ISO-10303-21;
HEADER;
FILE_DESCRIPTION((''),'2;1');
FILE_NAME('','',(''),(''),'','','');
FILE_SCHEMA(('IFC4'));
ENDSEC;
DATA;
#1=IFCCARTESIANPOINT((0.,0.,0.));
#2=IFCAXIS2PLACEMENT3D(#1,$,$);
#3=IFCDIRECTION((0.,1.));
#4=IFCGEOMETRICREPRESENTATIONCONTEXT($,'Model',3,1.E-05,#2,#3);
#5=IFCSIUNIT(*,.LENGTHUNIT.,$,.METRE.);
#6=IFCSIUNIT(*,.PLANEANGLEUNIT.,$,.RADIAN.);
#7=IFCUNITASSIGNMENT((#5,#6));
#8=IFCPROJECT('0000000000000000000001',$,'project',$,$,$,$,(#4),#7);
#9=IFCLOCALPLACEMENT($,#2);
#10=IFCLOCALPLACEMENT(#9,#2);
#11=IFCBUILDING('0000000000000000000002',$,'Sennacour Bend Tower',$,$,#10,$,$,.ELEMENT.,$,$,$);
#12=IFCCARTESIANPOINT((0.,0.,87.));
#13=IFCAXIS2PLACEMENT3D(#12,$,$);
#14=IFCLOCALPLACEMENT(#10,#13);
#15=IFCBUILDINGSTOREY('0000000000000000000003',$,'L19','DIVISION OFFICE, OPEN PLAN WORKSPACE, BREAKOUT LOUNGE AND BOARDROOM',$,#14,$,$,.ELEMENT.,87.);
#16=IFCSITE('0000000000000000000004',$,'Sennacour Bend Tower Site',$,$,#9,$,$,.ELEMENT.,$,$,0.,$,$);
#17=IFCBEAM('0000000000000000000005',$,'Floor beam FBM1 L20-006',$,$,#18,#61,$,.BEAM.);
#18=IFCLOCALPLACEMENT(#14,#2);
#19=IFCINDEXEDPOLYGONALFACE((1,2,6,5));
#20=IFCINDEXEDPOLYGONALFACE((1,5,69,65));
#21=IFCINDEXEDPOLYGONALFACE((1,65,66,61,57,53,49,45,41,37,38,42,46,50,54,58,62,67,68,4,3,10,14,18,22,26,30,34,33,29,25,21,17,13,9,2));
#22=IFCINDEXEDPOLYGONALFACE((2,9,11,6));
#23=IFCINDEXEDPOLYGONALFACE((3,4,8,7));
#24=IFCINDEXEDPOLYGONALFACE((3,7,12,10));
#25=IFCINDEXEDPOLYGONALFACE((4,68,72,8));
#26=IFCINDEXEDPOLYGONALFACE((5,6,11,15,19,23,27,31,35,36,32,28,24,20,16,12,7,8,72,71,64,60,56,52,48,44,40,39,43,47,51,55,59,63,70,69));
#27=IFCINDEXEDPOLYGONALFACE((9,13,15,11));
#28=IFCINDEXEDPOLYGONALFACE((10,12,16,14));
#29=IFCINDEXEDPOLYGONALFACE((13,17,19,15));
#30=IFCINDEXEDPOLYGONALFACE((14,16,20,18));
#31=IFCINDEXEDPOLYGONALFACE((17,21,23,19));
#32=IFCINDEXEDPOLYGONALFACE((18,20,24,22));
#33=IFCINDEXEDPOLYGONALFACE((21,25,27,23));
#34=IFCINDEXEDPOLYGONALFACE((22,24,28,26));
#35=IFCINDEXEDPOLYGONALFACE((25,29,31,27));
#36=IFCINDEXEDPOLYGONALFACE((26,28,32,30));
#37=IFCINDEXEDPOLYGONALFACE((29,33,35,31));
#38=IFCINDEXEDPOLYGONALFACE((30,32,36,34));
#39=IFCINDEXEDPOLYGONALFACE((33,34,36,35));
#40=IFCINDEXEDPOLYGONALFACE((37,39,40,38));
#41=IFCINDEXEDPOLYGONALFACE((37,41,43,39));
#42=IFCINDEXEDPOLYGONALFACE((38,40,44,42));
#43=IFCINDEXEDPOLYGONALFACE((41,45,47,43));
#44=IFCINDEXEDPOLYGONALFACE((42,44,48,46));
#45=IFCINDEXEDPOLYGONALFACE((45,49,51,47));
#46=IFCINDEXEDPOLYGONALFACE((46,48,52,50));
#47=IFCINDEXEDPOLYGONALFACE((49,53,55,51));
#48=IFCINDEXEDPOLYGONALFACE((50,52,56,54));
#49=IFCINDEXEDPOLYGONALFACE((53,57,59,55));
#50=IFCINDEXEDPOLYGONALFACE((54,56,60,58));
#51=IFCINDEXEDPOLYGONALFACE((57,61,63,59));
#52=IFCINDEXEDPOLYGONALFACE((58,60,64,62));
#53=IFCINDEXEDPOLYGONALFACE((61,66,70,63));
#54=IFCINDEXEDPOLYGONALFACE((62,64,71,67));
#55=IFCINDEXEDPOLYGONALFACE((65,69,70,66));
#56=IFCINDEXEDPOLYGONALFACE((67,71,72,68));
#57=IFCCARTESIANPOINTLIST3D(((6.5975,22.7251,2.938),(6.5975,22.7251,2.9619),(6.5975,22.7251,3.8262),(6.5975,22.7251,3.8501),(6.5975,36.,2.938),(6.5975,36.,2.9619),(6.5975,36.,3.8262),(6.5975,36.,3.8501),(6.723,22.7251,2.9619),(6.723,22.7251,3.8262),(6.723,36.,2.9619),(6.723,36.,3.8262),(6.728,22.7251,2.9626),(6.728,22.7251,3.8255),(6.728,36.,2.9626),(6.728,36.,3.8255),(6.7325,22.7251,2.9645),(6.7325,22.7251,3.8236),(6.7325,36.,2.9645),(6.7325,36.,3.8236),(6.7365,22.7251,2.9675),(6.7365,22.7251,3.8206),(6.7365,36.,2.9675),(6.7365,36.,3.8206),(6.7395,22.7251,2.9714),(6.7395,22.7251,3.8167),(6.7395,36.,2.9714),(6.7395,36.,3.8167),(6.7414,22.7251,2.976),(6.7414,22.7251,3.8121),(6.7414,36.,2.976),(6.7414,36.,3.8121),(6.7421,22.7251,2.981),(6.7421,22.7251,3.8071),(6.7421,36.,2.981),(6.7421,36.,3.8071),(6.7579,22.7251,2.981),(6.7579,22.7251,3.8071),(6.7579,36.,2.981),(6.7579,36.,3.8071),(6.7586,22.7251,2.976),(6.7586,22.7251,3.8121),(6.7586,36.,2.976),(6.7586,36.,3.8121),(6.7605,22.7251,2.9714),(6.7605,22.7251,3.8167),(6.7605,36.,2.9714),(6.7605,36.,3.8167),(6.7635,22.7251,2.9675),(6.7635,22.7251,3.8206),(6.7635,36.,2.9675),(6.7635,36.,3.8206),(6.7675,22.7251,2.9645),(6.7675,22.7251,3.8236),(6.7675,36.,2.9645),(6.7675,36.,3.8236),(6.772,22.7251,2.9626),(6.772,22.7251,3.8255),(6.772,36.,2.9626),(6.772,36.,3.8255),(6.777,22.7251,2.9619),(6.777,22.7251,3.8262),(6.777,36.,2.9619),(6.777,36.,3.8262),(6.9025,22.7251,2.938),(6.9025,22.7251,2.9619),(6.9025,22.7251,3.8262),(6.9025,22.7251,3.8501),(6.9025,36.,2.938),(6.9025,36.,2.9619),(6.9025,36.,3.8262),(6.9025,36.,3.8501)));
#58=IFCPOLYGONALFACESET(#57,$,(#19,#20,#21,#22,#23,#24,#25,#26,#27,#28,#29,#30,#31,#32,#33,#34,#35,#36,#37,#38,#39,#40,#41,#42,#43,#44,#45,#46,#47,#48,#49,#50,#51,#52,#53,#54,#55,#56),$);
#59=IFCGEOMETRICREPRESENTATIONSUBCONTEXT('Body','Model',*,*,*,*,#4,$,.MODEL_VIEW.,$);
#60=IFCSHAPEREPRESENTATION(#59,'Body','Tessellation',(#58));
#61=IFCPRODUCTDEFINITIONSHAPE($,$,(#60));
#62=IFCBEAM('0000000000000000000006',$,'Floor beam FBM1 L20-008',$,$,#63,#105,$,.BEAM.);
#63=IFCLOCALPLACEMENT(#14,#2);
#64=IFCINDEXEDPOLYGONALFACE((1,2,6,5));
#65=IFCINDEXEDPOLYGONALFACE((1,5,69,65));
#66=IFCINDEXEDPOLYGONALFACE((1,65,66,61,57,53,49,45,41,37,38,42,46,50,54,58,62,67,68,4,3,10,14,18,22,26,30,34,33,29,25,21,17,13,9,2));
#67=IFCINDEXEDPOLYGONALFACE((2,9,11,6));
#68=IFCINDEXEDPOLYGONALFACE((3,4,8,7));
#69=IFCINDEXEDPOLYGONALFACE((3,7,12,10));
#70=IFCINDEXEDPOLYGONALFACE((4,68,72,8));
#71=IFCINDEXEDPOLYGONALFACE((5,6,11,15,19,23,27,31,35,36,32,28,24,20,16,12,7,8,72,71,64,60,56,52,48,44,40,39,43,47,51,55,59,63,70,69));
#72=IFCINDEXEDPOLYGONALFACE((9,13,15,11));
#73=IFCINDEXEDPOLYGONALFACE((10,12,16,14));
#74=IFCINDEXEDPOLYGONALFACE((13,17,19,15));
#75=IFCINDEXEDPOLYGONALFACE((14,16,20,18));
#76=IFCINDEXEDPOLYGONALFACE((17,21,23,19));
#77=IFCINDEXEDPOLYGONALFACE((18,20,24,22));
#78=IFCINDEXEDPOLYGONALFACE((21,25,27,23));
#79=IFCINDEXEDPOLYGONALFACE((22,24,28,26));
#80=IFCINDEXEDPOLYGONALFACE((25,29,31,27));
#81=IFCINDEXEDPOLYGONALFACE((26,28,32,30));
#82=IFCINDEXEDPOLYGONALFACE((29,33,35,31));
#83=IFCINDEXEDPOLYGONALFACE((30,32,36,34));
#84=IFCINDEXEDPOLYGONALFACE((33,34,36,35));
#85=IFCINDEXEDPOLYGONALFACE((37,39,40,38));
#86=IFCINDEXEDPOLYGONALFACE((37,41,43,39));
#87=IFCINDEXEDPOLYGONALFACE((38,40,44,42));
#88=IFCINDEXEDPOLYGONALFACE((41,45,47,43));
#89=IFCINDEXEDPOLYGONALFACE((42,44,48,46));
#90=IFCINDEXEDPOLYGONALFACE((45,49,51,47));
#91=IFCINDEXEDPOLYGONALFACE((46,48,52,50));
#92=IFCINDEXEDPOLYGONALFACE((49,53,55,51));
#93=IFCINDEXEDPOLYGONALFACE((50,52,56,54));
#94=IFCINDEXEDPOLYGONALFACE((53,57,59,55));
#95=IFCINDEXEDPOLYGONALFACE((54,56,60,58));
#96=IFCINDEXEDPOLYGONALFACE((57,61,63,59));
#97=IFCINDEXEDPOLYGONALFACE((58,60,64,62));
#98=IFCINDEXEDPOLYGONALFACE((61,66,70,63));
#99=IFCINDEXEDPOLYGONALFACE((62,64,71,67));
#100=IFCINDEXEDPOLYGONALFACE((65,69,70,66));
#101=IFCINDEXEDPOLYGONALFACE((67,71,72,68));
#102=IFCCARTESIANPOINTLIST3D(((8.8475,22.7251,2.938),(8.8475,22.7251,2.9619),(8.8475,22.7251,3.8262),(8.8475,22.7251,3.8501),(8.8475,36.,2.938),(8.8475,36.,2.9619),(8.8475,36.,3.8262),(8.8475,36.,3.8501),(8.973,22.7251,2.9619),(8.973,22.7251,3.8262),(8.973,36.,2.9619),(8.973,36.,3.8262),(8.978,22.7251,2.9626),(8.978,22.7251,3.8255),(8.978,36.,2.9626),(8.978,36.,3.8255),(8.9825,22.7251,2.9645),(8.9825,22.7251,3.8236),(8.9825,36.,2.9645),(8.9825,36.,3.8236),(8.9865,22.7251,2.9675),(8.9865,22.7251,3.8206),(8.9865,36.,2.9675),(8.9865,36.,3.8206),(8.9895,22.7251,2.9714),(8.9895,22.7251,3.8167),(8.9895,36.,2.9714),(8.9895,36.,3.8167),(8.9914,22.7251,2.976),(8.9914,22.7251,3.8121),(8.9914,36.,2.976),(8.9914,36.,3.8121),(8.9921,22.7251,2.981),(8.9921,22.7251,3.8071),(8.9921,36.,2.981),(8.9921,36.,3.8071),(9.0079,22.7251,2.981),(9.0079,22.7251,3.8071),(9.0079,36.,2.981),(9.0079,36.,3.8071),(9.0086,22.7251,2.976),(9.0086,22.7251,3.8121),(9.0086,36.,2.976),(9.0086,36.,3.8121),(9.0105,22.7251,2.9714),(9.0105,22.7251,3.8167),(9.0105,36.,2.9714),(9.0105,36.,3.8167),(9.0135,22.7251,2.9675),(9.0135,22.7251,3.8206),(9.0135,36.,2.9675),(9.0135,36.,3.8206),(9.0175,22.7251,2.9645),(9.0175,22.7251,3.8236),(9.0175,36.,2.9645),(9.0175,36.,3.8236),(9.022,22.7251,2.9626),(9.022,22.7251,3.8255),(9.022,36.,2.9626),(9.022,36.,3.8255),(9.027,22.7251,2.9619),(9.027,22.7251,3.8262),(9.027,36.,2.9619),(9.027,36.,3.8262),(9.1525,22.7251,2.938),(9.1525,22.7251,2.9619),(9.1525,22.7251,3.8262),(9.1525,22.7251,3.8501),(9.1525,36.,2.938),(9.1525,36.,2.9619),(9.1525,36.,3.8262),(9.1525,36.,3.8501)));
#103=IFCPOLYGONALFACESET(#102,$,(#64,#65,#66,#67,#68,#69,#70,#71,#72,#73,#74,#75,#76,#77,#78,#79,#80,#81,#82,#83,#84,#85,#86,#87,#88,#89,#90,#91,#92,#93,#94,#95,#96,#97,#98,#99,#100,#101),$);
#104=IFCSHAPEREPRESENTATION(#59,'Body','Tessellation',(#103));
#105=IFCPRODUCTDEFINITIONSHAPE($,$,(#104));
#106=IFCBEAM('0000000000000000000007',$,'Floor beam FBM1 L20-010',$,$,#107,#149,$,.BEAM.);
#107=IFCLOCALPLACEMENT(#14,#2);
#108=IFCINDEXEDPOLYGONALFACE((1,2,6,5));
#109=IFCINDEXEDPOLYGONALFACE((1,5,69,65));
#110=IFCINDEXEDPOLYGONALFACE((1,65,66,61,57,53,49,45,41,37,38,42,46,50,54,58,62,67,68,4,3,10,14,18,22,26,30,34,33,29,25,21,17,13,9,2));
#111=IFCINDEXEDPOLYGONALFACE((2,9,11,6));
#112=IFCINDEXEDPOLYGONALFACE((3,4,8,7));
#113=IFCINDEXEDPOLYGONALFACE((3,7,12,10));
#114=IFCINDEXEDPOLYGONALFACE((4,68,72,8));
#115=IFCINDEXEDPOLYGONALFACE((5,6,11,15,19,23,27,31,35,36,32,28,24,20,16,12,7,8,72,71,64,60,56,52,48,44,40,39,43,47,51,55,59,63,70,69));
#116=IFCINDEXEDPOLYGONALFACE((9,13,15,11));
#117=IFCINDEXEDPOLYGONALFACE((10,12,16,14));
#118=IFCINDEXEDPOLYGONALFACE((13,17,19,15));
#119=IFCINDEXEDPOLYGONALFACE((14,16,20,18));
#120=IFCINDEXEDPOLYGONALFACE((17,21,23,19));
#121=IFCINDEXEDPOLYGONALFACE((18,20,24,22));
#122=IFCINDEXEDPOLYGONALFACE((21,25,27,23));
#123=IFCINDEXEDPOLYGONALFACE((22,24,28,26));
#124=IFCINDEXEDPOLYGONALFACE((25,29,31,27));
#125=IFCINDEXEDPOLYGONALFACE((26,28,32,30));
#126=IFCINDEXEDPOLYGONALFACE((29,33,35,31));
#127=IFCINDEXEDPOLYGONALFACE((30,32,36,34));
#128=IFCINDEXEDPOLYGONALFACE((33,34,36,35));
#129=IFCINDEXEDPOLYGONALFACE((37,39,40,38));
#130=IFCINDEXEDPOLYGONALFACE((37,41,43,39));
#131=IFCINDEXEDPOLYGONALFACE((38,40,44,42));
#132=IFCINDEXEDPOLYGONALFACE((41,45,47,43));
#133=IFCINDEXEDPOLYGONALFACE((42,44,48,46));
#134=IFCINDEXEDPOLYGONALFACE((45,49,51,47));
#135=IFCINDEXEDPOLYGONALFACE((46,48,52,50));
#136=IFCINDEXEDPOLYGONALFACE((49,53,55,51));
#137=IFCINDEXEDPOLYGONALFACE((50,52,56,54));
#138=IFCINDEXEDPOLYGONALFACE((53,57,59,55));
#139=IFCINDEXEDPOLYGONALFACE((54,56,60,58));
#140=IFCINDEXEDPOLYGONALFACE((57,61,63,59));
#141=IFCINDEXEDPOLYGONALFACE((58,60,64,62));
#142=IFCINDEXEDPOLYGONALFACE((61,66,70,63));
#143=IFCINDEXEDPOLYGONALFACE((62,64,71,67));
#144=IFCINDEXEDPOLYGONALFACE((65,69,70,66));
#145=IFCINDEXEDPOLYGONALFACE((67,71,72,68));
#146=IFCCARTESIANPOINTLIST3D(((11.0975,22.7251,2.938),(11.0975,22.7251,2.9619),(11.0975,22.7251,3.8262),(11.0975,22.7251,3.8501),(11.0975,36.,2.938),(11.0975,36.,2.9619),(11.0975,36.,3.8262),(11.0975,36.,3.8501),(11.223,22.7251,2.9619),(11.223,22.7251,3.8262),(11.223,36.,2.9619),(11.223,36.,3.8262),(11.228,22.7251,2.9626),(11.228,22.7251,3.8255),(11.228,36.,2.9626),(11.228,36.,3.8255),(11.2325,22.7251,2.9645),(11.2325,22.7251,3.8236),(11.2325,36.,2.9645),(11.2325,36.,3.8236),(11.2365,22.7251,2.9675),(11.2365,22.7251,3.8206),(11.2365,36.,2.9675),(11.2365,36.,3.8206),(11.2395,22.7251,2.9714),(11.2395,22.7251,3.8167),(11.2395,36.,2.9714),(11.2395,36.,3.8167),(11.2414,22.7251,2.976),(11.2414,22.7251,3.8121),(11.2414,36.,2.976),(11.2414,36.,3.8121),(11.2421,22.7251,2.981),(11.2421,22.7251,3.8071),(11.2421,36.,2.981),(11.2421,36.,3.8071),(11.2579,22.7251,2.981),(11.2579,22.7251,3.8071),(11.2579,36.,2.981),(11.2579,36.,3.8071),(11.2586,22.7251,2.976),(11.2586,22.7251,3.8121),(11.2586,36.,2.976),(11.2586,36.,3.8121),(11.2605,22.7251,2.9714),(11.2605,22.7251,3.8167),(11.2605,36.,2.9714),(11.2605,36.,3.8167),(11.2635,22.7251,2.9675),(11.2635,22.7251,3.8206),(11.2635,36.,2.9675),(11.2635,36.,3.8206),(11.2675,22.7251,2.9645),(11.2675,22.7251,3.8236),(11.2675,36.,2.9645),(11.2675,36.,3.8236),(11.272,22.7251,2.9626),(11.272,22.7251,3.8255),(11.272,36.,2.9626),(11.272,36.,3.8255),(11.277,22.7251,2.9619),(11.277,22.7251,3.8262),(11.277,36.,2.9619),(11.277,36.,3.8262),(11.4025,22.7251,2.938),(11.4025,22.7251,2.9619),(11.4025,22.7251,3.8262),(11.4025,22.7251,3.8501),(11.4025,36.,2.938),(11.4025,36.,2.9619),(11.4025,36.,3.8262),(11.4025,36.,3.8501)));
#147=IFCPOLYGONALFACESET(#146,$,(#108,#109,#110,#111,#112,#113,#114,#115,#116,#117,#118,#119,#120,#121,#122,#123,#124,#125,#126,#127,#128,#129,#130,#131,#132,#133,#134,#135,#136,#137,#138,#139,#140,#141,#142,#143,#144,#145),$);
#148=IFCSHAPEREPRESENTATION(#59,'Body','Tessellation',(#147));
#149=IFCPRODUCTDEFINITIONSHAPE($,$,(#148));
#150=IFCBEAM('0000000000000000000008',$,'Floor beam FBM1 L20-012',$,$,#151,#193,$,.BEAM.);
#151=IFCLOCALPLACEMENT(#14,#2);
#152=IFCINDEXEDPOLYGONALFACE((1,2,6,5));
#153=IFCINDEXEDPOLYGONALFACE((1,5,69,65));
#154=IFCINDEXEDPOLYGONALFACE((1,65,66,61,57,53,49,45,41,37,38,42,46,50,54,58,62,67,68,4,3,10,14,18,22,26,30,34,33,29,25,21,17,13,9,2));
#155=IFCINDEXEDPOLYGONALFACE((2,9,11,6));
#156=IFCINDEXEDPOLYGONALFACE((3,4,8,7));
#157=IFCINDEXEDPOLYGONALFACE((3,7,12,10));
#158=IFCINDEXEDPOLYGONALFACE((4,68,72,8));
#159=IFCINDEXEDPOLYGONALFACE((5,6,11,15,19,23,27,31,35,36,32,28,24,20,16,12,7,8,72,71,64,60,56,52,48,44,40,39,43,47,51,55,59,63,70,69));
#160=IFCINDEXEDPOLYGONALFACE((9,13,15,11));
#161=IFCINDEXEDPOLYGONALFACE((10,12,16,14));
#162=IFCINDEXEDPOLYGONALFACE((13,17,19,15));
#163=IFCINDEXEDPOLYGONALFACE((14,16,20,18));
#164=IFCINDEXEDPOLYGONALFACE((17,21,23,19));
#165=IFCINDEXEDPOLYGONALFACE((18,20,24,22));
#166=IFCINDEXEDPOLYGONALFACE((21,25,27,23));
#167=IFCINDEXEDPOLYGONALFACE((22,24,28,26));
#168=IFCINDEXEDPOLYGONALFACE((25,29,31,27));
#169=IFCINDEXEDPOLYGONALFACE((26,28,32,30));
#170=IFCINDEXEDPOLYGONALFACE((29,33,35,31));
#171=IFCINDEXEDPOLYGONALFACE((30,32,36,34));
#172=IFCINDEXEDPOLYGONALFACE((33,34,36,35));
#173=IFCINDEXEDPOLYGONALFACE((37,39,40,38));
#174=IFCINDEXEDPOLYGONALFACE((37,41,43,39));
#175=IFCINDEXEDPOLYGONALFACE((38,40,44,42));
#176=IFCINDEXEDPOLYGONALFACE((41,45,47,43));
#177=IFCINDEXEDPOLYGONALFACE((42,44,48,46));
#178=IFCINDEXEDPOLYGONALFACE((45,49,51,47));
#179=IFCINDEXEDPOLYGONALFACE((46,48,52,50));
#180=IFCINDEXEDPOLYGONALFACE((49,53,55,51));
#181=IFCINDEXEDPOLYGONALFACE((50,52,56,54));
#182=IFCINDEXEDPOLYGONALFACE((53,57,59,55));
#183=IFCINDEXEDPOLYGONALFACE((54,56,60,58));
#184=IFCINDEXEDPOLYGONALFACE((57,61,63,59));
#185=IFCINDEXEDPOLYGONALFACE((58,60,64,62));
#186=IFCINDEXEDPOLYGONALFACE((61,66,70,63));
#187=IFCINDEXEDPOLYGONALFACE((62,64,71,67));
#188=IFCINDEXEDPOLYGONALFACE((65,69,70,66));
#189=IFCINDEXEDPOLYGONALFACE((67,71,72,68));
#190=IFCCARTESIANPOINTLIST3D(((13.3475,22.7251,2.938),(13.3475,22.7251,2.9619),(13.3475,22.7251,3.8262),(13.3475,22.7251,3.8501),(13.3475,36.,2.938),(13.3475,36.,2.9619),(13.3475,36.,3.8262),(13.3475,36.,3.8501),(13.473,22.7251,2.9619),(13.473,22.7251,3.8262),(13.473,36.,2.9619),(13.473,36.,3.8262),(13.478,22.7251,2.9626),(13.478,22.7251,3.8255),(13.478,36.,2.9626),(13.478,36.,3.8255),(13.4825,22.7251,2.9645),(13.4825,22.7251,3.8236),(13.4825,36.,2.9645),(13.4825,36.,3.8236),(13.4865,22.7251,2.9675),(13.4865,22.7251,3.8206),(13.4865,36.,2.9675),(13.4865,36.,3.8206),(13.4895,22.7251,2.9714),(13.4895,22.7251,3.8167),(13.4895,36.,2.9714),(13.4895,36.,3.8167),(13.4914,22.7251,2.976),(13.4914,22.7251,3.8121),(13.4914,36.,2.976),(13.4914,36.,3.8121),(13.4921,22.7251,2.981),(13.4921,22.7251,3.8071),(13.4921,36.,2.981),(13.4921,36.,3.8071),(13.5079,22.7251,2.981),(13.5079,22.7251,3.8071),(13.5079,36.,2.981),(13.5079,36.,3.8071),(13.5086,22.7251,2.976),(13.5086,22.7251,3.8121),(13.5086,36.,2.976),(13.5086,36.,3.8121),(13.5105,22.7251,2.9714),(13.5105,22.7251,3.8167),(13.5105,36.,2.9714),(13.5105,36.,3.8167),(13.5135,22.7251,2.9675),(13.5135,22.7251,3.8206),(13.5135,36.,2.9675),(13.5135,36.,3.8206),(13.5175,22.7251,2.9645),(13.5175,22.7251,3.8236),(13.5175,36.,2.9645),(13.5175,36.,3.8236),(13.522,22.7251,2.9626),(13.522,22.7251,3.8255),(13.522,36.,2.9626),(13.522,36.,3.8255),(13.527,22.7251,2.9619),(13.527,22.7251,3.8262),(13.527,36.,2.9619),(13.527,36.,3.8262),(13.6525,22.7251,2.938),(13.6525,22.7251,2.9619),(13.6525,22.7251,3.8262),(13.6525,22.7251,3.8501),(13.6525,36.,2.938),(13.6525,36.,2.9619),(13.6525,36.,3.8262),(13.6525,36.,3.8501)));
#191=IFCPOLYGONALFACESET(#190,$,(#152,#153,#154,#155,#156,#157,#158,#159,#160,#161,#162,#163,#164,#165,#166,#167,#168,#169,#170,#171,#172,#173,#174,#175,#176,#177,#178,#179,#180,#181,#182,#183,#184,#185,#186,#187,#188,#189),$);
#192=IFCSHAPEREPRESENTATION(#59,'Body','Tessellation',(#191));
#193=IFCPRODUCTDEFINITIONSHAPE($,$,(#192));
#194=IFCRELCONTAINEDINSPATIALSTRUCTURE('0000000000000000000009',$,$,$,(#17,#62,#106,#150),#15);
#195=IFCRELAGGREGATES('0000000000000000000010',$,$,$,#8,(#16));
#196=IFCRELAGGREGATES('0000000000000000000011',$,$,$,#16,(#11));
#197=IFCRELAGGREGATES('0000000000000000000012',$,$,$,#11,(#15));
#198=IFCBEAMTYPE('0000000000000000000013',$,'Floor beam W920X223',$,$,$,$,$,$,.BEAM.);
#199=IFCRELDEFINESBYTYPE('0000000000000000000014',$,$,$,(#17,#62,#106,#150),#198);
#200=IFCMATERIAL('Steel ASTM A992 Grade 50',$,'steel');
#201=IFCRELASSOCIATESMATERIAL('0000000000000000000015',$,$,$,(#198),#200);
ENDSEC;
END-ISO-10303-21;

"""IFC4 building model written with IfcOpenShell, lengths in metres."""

from ifc_helpers import new_model, si_unit, direction, frame, origin, origin_2d, place, context, subcontext, project, spatial, i_section, extrude, material, material_profile, profile_set, type_object, element, save


model = new_model("IFC4")

# Units and contexts
model_context = context("Model", 3, precision=1e-05, world=origin(), true_north=direction((0.0, 1.0)))
body_context = subcontext(model_context, "Body", "Model", "MODEL_VIEW")
ifc_project = project(units=[si_unit("LENGTHUNIT", "METRE"), si_unit("PLANEANGLEUNIT", "RADIAN")], contexts=[model_context])

# Site, building, storey
site_placement = place(None, origin())
site = spatial("IfcSite", under=ifc_project, at=site_placement, Name="Sennacour Bend Tower Site", CompositionType="ELEMENT", RefElevation=0.0)
building_placement = place(site_placement, origin())
building = spatial("IfcBuilding", under=site, at=building_placement, Name="Sennacour Bend Tower", CompositionType="ELEMENT")
storey_placement = place(building_placement, frame((0.0, 0.0, 87.0)))
storey = spatial("IfcBuildingStorey", under=building, at=storey_placement, Name="L19", Description="DIVISION OFFICE, OPEN PLAN WORKSPACE, BREAKOUT LOUNGE AND BOARDROOM", CompositionType="ELEMENT", Elevation=87.0)

# Beams
ifc_material_1 = material(Name="Steel ASTM A992 Grade 50", Category="steel")
ifc_material_profile = material_profile(ifc_material_1, i_section(OverallWidth=0.3049, OverallDepth=0.9121, WebThickness=0.0159, FlangeThickness=0.0239, FilletRadius=0.019, at=origin_2d()), Name="Steel ASTM A992 Grade 50", Category="steel")
ifc_profile_set = profile_set([ifc_material_profile], Name="Steel ASTM A992 Grade 50")
beam_type = type_object("IfcBeamType", Name="Floor beam W920X223", PredefinedType="BEAM", material=ifc_profile_set)
for number, where, z_axis, x_axis, name in (
    (1, (6.75, 22.7251, 3.394), (0.0, 1.0, 0.0), (-1.0, 0.0, 0.0), "Floor beam FBM1 L20-006"),
    (2, (9.0, 22.7251, 3.394), (0.0, 1.0, 0.0), (-1.0, 0.0, 0.0), "Floor beam FBM1 L20-008"),
    (3, (11.25, 22.7251, 3.394), (0.0, 1.0, 0.0), (-1.0, 0.0, 0.0), "Floor beam FBM1 L20-010"),
    (4, (13.5, 22.7251, 3.394), (0.0, 1.0, 0.0), (-1.0, 0.0, 0.0), "Floor beam FBM1 L20-012"),
):
    element("IfcBeam", number, at=place(storey_placement, frame(where, z_axis=z_axis, x_axis=x_axis)), inside=storey, type_object=beam_type, Name=name, PredefinedType="BEAM", context=body_context, shape_type="SweptSolid", body=[
        extrude(i_section(OverallWidth=0.3049, OverallDepth=0.9121, WebThickness=0.0159, FlangeThickness=0.0239, FilletRadius=0.019, at=origin_2d()), origin(), (0.0, 0.0, 1.0), 13.2749),
    ])

save(model, "model.ifc")
